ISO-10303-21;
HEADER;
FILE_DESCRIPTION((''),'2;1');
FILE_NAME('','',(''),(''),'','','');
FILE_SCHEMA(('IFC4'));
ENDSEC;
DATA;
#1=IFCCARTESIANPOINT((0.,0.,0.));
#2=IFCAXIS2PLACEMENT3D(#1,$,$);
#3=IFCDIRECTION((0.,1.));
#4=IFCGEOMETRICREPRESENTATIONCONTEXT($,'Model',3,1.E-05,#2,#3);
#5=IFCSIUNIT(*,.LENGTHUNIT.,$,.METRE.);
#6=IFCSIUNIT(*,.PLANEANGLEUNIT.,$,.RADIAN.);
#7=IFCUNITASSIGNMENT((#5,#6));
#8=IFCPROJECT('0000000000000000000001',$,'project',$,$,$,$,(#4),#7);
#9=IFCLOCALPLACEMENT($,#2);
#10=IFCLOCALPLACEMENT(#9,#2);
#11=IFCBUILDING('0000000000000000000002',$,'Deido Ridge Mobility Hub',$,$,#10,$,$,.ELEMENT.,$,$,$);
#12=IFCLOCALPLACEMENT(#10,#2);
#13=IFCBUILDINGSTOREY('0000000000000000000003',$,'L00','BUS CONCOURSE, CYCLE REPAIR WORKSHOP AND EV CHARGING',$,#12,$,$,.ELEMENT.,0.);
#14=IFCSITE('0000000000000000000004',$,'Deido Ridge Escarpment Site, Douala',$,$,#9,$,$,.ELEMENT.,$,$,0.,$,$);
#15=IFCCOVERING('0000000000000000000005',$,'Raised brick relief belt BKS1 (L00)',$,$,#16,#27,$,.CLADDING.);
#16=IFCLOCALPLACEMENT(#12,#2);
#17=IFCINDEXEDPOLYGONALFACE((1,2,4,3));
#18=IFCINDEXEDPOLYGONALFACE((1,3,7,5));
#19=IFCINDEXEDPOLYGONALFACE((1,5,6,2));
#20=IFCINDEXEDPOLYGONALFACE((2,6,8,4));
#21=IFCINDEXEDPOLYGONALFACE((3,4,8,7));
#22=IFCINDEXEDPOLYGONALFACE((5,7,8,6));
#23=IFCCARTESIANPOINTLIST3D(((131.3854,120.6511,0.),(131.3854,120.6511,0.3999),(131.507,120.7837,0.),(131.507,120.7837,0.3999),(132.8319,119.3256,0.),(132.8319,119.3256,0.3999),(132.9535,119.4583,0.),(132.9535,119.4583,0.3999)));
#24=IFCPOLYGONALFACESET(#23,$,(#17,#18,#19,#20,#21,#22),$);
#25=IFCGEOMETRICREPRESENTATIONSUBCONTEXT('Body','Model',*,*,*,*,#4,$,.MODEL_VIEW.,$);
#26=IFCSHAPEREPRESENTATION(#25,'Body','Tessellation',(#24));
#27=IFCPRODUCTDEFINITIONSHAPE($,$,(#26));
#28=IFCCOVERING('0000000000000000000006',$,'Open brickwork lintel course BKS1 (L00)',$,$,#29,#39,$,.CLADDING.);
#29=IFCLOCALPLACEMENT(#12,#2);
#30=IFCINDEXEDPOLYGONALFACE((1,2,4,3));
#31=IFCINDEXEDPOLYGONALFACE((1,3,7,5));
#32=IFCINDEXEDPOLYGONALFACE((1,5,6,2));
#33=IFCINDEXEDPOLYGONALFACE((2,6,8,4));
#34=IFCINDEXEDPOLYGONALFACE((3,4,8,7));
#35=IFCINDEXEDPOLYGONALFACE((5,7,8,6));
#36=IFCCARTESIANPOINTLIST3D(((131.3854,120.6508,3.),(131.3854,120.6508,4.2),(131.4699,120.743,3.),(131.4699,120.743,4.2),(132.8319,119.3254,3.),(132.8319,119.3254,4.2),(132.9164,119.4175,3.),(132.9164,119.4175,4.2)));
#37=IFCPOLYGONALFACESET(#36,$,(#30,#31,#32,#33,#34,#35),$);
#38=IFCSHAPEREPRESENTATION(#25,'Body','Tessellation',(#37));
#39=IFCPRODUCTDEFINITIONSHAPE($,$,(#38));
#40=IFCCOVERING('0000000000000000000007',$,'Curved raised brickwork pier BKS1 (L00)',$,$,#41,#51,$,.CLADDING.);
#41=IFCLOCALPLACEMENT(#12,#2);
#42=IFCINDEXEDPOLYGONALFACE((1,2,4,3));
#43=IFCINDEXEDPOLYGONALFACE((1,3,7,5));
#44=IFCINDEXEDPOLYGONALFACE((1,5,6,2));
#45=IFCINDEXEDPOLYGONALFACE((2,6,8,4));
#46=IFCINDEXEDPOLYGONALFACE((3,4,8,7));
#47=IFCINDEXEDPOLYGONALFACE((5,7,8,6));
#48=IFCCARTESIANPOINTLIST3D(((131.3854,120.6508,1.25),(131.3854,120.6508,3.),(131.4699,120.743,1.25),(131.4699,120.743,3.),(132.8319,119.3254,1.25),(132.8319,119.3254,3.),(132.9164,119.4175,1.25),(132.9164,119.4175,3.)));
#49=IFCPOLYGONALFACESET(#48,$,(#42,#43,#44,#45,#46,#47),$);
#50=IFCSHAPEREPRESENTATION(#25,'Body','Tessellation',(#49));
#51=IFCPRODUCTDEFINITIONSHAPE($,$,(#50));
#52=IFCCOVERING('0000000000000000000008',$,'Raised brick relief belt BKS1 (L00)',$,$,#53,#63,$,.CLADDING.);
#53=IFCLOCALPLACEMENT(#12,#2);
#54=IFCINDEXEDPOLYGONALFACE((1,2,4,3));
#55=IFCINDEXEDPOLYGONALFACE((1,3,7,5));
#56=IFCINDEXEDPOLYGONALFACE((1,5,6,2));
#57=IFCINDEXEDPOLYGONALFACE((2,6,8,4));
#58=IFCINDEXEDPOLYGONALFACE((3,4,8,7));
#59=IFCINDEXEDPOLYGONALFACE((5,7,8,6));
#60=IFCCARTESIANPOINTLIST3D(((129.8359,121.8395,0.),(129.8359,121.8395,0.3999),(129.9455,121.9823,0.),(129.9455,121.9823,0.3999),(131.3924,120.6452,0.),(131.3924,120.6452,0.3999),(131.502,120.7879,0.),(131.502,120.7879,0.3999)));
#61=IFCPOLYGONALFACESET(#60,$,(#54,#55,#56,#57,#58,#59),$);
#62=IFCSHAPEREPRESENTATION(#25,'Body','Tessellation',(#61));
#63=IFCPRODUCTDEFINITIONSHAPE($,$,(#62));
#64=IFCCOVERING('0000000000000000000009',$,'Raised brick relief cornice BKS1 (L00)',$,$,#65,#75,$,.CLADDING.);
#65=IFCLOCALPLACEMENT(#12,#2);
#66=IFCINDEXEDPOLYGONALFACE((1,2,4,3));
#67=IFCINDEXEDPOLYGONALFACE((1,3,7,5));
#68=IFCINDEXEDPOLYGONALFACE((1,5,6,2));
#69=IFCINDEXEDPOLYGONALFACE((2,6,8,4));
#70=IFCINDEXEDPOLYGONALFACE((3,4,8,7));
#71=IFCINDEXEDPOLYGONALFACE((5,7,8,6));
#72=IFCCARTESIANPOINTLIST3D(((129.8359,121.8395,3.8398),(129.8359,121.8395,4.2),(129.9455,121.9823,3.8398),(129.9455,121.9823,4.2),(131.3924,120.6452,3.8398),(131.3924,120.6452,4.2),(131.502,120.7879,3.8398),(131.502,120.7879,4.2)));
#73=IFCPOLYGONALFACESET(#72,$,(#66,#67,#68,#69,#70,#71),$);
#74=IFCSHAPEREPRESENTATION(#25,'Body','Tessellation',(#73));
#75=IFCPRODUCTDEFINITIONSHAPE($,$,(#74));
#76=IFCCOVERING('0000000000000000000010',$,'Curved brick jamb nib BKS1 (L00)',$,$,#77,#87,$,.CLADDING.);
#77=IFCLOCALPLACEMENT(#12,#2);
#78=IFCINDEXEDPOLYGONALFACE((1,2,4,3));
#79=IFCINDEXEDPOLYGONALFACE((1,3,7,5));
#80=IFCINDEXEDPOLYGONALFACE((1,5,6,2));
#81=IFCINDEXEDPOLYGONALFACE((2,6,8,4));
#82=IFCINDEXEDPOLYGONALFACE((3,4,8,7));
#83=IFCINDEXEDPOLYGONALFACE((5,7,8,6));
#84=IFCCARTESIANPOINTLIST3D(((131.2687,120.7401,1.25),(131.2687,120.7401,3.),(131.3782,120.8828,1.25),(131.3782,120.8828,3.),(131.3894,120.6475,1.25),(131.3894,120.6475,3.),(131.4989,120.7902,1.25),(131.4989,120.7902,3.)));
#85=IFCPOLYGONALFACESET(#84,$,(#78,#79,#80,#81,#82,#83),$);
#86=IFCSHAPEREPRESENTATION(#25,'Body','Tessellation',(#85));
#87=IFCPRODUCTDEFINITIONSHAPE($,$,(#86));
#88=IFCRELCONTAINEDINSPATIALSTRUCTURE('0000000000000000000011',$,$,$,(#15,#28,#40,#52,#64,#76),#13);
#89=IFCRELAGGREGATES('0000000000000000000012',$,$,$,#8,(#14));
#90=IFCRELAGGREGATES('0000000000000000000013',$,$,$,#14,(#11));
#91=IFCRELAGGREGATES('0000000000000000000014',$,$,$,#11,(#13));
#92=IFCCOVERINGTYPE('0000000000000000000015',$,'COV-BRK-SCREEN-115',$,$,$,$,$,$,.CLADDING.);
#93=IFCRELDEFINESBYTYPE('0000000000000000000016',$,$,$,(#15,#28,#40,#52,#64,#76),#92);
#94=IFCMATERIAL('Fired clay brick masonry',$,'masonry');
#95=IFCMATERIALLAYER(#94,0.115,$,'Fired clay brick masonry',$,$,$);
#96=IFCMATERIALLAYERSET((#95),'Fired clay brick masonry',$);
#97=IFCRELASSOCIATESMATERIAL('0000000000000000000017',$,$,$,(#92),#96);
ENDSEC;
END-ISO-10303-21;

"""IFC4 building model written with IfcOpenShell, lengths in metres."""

from ifc_helpers import new_model, si_unit, direction, frame, origin, origin_2d, place, context, subcontext, project, spatial, rectangle, extrude, material, layer, layer_set, type_object, element, save


model = new_model("IFC4")

# Units and contexts
model_context = context("Model", 3, precision=1e-05, world=origin(), true_north=direction((0.0, 1.0)))
body_context = subcontext(model_context, "Body", "Model", "MODEL_VIEW")
ifc_project = project(units=[si_unit("LENGTHUNIT", "METRE"), si_unit("PLANEANGLEUNIT", "RADIAN")], contexts=[model_context])

# Site, building, storey
site_placement = place(None, origin())
site = spatial("IfcSite", under=ifc_project, at=site_placement, Name="Deido Ridge Escarpment Site, Douala", CompositionType="ELEMENT", RefElevation=0.0)
building_placement = place(site_placement, origin())
building = spatial("IfcBuilding", under=site, at=building_placement, Name="Deido Ridge Mobility Hub", CompositionType="ELEMENT")
storey_placement = place(building_placement, origin())
storey = spatial("IfcBuildingStorey", under=building, at=storey_placement, Name="L00", Description="BUS CONCOURSE, CYCLE REPAIR WORKSHOP AND EV CHARGING", CompositionType="ELEMENT", Elevation=0.0)

# Coverings
ifc_material_1 = material(Name="Fired clay brick masonry", Category="masonry")
ifc_layer = layer(ifc_material_1, 0.115, Name="Fired clay brick masonry")
ifc_layer_set = layer_set([ifc_layer], Name="Fired clay brick masonry")
covering_type = type_object("IfcCoveringType", Name="COV-BRK-SCREEN-115", PredefinedType="CLADDING", material=ifc_layer_set)
covering_1_placement = place(storey_placement, frame((132.1694, 120.0547, 0.0), z_axis=(0.0, 0.0, 1.0), x_axis=(-0.737289, 0.675577, 0.0)))
element("IfcCovering", 1, at=covering_1_placement, inside=storey, type_object=covering_type, Name="Raised brick relief belt BKS1 (L00)", PredefinedType="CLADDING", context=body_context, shape_type="SweptSolid", body=[
    extrude(rectangle(XDim=1.9619, YDim=0.1799, at=origin_2d()), origin(), (0.0, 0.0, 1.0), 0.3999),
])
covering_2_placement = place(storey_placement, frame((132.1509, 120.0342, 3.0), z_axis=(0.0, 0.0, 1.0), x_axis=(-0.737289, 0.675577, 0.0)))
element("IfcCovering", 2, at=covering_2_placement, inside=storey, type_object=covering_type, Name="Open brickwork lintel course BKS1 (L00)", PredefinedType="CLADDING", context=body_context, shape_type="SweptSolid", body=[
    extrude(rectangle(XDim=1.9619, YDim=0.125, at=origin_2d()), origin(), (0.0, 0.0, 1.0), 1.2),
])
covering_3_placement = place(storey_placement, frame((132.1509, 120.0342, 1.25), z_axis=(0.0, 0.0, 1.0), x_axis=(-0.737289, 0.675577, 0.0)))
element("IfcCovering", 3, at=covering_3_placement, inside=storey, type_object=covering_type, Name="Curved raised brickwork pier BKS1 (L00)", PredefinedType="CLADDING", context=body_context, shape_type="SweptSolid", body=[
    extrude(rectangle(XDim=1.9619, YDim=0.125, at=origin_2d()), origin(), (0.0, 0.0, 1.0), 1.75),
])
covering_4_placement = place(storey_placement, frame((130.6689, 121.3137, 0.0), z_axis=(0.0, 0.0, 1.0), x_axis=(-0.793353, 0.608761, 0.0)))
element("IfcCovering", 4, at=covering_4_placement, inside=storey, type_object=covering_type, Name="Raised brick relief belt BKS1 (L00)", PredefinedType="CLADDING", context=body_context, shape_type="SweptSolid", body=[
    extrude(rectangle(XDim=1.9619, YDim=0.1799, at=origin_2d()), origin(), (0.0, 0.0, 1.0), 0.3999),
])
covering_5_placement = place(storey_placement, frame((130.6689, 121.3137, 3.8398), z_axis=(0.0, 0.0, 1.0), x_axis=(-0.793353, 0.608761, 0.0)))
element("IfcCovering", 5, at=covering_5_placement, inside=storey, type_object=covering_type, Name="Raised brick relief cornice BKS1 (L00)", PredefinedType="CLADDING", context=body_context, shape_type="SweptSolid", body=[
    extrude(rectangle(XDim=1.9619, YDim=0.1799, at=origin_2d()), origin(), (0.0, 0.0, 1.0), 0.3601),
])
covering_6_placement = place(storey_placement, frame((131.3838, 120.7651, 1.25), z_axis=(0.0, 0.0, 1.0), x_axis=(-0.793353, 0.608761, 0.0)))
element("IfcCovering", 6, at=covering_6_placement, inside=storey, type_object=covering_type, Name="Curved brick jamb nib BKS1 (L00)", PredefinedType="CLADDING", context=body_context, shape_type="SweptSolid", body=[
    extrude(rectangle(XDim=0.1521, YDim=0.1799, at=origin_2d()), origin(), (0.0, 0.0, 1.0), 1.75),
])

save(model, "model.ifc")
